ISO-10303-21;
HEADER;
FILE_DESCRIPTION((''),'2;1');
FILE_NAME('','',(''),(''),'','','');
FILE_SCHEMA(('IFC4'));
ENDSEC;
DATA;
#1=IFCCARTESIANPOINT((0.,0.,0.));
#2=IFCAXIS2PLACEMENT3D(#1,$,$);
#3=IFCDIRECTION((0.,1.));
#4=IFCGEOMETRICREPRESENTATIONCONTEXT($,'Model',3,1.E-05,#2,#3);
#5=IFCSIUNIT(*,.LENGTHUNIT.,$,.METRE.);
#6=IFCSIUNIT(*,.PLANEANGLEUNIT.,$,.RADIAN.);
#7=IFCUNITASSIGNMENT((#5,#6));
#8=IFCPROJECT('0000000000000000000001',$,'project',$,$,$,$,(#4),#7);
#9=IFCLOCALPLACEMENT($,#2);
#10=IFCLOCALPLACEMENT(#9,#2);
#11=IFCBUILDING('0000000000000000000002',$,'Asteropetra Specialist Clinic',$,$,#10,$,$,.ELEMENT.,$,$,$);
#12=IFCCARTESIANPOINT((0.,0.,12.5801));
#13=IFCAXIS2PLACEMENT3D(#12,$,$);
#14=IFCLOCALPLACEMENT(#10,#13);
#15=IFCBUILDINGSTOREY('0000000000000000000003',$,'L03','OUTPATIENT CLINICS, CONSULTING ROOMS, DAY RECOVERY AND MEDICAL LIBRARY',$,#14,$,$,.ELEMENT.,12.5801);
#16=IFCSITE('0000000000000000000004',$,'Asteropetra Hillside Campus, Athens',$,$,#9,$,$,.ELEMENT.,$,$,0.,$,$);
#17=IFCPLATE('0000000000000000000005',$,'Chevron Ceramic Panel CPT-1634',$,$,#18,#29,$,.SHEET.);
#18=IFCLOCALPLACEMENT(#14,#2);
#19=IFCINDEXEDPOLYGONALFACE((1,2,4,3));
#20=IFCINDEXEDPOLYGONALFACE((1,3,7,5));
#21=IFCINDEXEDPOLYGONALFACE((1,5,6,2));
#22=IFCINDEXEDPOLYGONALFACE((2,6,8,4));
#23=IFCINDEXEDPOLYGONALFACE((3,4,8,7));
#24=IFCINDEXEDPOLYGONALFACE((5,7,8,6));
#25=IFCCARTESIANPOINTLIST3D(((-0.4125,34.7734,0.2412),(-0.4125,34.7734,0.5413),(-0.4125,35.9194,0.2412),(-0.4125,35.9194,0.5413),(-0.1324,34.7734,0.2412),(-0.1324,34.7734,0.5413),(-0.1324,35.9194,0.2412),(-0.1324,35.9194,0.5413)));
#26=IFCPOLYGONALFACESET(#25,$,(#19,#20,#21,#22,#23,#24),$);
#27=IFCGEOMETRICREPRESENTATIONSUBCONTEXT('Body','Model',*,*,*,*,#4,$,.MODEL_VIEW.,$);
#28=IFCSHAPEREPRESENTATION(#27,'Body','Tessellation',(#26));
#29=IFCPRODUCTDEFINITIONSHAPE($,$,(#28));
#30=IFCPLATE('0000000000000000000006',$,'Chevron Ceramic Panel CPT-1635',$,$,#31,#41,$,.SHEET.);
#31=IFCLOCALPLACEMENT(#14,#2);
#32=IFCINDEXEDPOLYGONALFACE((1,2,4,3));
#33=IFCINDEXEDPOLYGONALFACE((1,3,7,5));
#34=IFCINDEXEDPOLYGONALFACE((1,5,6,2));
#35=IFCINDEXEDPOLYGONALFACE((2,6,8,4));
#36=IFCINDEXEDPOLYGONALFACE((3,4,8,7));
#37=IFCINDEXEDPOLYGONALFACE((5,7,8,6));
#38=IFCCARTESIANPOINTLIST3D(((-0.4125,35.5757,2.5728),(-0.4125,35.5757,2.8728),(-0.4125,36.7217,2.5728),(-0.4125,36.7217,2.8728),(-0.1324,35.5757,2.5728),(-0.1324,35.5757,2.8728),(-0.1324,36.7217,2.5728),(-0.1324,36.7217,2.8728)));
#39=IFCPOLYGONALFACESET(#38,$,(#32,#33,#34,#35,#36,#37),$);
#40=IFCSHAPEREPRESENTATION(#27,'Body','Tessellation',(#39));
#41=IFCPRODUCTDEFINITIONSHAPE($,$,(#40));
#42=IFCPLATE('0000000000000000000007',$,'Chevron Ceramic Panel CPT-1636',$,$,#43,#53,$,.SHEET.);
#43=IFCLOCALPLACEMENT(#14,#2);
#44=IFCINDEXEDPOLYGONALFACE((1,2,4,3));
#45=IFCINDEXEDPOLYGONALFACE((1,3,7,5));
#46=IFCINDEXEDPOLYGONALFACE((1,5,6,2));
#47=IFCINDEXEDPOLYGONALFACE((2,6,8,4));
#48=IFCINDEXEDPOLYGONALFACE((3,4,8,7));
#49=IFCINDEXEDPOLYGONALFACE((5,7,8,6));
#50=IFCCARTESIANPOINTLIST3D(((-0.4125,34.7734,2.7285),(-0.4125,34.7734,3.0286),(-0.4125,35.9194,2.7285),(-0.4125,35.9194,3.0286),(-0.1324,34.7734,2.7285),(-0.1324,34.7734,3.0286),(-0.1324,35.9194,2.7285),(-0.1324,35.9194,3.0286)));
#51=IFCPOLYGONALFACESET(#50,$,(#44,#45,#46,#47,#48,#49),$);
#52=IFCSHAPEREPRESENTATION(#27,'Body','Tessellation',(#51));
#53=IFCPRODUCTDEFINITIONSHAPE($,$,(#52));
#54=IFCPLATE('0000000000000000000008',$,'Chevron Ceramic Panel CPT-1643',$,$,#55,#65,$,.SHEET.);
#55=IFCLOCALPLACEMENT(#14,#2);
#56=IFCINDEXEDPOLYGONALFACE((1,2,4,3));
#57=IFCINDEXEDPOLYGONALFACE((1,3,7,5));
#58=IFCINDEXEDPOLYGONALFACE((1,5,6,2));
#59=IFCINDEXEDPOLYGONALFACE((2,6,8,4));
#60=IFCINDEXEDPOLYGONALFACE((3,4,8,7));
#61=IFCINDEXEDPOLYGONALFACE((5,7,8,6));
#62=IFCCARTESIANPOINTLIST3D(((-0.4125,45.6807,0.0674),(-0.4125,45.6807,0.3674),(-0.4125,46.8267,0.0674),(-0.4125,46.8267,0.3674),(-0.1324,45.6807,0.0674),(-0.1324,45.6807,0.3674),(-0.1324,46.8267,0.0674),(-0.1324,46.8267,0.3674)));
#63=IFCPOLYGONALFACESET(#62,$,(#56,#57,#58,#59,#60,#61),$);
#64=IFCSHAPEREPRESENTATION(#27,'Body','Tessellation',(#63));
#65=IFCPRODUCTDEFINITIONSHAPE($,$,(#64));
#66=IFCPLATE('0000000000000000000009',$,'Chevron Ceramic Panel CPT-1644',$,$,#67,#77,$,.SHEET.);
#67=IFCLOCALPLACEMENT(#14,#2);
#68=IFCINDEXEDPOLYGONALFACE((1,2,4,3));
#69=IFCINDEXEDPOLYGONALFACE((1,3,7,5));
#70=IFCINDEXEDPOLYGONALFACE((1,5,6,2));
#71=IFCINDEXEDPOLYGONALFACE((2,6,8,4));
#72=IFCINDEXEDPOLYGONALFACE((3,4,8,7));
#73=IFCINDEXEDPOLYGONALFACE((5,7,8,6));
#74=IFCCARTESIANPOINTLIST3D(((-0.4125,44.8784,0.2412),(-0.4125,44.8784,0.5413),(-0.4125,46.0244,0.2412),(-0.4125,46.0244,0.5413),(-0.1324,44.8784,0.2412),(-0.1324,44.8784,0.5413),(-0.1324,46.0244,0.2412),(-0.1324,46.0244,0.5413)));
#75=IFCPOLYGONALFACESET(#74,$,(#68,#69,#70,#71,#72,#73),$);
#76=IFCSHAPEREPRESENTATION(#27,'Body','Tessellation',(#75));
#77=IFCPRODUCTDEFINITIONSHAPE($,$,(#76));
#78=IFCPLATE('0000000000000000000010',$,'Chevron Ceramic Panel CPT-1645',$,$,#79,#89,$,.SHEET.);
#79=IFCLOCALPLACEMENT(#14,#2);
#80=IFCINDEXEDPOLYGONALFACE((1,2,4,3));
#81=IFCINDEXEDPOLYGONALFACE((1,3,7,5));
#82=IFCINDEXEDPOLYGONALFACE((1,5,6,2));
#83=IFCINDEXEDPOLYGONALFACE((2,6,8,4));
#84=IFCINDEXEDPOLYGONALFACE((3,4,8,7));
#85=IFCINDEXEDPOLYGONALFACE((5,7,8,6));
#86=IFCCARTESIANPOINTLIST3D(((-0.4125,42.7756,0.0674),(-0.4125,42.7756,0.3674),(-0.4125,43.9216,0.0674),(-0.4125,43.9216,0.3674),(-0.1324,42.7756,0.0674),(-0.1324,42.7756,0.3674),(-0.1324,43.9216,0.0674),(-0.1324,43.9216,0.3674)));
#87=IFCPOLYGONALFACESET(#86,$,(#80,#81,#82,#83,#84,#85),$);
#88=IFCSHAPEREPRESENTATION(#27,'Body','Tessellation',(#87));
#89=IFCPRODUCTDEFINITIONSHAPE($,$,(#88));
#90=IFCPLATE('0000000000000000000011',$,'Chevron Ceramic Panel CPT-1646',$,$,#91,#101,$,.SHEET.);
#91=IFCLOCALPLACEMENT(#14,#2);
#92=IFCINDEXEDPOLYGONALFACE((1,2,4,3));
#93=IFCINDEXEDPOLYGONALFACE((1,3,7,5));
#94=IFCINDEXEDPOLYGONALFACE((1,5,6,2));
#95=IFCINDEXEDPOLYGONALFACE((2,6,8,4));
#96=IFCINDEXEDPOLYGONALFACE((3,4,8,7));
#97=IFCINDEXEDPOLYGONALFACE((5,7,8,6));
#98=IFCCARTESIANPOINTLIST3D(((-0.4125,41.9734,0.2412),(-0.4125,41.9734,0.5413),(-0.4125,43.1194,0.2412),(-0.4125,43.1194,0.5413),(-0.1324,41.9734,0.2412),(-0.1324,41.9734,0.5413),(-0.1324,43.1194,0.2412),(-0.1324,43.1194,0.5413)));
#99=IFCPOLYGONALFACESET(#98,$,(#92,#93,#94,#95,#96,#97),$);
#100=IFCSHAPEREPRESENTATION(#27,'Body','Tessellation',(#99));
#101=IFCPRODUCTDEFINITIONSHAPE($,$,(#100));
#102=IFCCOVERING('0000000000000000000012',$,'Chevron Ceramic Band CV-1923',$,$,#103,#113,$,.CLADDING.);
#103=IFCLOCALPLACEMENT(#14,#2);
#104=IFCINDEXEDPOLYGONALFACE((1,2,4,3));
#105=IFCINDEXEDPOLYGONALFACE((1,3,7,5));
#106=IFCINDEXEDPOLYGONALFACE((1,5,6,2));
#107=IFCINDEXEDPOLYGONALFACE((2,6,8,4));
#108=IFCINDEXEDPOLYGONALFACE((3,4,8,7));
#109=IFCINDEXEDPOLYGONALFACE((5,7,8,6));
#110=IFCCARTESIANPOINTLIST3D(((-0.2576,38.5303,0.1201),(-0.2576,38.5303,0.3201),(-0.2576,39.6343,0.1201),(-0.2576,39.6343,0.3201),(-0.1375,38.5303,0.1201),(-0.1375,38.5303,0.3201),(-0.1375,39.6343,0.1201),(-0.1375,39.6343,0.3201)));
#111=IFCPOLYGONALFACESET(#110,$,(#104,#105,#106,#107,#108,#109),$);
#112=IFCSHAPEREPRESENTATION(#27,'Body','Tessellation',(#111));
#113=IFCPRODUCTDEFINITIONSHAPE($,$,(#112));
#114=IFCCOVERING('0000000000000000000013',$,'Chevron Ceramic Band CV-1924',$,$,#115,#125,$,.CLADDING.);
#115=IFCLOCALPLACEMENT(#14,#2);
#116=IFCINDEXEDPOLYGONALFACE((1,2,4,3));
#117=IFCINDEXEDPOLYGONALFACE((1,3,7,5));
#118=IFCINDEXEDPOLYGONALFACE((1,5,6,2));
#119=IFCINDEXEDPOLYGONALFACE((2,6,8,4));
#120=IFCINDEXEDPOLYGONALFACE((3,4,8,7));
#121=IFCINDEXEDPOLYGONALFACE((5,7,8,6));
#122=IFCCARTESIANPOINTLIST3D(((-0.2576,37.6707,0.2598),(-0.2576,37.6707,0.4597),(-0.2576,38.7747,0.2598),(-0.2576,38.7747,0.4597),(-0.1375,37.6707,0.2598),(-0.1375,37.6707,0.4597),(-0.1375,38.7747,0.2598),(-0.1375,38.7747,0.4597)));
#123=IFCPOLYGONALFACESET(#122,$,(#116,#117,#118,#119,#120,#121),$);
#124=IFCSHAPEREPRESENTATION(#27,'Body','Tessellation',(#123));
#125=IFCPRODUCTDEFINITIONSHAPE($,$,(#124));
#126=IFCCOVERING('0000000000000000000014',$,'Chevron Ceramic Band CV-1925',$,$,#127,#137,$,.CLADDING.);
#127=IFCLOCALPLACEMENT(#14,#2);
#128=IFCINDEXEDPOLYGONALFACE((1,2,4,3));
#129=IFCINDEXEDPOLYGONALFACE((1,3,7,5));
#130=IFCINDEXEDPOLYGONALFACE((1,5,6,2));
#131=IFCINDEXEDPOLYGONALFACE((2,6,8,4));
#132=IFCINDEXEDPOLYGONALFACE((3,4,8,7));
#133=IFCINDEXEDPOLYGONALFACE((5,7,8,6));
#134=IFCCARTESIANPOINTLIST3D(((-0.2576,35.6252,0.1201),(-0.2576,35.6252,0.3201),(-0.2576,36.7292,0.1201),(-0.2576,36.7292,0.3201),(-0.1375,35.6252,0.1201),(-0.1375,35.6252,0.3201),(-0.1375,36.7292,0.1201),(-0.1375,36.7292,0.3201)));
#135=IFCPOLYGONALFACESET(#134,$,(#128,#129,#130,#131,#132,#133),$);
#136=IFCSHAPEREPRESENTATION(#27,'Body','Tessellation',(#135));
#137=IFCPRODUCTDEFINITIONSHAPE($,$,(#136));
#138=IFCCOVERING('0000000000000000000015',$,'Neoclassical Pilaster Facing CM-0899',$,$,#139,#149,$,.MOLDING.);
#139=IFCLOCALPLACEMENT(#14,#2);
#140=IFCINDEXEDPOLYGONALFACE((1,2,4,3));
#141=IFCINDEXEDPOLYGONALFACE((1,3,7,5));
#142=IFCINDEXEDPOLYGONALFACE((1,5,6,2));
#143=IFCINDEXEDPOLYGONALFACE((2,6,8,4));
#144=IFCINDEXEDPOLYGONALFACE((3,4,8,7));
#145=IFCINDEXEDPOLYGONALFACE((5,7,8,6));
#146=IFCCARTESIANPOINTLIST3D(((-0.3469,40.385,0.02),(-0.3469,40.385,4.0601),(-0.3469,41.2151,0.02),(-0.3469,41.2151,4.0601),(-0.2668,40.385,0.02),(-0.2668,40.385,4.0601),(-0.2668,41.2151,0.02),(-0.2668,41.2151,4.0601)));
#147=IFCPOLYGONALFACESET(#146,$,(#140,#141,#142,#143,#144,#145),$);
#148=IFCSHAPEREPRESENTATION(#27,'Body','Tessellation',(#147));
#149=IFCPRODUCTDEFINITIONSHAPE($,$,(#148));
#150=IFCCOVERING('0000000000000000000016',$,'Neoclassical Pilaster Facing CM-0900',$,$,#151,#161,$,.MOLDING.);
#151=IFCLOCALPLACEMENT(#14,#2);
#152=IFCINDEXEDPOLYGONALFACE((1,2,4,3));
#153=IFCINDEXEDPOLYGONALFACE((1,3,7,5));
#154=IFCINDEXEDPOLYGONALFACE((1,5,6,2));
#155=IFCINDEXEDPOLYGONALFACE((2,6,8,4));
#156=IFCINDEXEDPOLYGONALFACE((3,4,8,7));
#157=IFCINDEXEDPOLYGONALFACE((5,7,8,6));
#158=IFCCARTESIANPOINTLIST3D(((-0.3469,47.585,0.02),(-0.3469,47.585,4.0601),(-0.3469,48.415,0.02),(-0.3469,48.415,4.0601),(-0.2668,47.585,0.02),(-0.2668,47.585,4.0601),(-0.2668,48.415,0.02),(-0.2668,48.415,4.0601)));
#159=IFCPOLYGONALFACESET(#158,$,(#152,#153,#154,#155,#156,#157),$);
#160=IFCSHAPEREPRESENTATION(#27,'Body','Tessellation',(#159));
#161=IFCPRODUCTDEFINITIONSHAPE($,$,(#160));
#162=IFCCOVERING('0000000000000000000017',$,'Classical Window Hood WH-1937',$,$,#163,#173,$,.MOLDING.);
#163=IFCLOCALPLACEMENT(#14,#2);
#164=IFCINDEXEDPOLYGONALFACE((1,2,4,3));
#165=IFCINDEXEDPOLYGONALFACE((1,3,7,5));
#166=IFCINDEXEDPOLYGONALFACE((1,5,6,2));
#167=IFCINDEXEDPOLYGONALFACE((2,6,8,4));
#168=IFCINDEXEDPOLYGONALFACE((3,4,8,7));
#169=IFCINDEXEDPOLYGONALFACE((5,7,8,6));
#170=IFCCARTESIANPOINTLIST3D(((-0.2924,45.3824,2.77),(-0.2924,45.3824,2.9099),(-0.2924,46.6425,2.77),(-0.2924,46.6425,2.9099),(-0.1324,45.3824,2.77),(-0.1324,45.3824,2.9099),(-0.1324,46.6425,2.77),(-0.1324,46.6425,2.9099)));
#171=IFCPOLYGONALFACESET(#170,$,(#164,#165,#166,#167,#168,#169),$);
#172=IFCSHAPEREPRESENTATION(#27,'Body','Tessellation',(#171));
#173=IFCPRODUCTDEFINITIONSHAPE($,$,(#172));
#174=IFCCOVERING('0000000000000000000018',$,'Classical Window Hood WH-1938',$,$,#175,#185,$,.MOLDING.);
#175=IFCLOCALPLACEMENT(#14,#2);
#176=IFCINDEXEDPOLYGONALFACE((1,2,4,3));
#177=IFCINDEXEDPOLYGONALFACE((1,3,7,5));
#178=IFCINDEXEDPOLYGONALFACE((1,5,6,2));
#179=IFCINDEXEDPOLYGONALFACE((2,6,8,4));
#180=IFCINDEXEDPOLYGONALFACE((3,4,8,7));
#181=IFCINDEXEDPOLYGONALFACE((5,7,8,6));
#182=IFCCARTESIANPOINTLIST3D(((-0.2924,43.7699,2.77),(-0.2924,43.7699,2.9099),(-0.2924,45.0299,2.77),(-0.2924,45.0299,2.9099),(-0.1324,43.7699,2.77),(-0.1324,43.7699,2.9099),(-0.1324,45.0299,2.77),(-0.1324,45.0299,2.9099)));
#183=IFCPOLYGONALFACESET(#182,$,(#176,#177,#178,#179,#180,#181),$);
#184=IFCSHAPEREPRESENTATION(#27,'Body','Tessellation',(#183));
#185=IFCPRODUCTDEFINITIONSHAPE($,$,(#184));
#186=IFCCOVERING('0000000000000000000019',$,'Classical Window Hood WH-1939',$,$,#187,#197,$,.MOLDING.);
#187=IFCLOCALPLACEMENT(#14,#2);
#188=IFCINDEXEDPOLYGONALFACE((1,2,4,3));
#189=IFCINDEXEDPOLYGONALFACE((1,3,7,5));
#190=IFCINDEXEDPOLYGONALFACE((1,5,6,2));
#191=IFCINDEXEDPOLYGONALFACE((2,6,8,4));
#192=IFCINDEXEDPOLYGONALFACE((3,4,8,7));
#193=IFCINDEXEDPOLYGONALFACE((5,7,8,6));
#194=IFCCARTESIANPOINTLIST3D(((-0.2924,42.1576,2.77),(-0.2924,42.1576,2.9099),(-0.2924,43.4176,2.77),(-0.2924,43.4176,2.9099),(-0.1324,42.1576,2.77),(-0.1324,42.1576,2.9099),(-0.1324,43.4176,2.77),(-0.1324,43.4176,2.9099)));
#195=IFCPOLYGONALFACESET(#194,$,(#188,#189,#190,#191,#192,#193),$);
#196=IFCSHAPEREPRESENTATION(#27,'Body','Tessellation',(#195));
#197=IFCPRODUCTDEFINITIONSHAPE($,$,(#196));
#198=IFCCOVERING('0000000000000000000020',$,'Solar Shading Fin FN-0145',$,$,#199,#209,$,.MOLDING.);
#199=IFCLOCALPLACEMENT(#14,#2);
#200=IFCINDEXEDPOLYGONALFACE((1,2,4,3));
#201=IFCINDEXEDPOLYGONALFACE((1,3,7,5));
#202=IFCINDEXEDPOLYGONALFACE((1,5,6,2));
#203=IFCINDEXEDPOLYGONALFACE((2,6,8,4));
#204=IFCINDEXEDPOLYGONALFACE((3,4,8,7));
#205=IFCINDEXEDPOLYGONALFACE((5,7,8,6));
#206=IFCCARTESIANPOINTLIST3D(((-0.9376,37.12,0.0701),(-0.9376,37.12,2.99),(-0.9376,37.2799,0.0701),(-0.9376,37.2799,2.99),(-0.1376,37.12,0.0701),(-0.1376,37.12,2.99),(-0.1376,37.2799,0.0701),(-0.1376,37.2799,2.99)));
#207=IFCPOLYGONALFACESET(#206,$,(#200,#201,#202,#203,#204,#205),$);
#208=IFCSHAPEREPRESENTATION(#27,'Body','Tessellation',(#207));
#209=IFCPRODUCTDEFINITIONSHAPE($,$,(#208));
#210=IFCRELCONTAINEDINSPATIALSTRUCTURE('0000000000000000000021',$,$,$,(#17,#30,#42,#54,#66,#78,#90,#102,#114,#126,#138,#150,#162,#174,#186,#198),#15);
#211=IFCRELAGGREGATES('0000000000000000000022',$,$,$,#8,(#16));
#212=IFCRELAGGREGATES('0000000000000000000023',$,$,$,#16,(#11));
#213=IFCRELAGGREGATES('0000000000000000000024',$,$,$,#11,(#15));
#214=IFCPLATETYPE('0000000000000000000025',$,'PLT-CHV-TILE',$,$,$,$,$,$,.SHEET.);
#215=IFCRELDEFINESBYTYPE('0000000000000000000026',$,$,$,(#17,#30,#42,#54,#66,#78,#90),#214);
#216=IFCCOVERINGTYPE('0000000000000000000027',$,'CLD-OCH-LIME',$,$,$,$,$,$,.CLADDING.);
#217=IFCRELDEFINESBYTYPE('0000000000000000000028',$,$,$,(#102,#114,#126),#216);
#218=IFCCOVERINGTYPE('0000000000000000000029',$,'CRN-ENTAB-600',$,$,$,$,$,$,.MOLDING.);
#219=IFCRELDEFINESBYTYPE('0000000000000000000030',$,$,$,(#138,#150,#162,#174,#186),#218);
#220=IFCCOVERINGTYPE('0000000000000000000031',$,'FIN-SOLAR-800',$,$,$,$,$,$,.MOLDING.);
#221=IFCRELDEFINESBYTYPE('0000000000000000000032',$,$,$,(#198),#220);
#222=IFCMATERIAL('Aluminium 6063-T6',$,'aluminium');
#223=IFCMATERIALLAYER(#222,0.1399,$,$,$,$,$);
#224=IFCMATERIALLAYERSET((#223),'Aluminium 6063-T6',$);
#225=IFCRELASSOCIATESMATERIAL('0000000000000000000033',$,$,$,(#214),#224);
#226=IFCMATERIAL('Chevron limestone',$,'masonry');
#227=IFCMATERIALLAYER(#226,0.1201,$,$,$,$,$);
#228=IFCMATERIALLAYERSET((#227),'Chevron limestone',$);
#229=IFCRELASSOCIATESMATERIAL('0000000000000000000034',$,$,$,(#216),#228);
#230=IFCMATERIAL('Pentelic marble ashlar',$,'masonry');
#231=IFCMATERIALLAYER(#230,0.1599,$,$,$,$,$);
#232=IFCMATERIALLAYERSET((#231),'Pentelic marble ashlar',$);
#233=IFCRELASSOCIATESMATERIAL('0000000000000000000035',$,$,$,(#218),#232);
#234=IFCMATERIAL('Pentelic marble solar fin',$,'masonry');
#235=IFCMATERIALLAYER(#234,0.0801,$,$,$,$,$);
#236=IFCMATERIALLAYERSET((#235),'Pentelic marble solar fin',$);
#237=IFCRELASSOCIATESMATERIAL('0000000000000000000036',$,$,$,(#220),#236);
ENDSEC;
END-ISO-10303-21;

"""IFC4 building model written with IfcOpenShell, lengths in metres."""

from ifc_helpers import new_model, si_unit, direction, frame, origin, origin_2d, place, context, subcontext, project, spatial, rectangle, extrude, material, layer, layer_set, type_object, element, save


model = new_model("IFC4")

# Units and contexts
model_context = context("Model", 3, precision=1e-05, world=origin(), true_north=direction((0.0, 1.0)))
body_context = subcontext(model_context, "Body", "Model", "MODEL_VIEW")
ifc_project = project(units=[si_unit("LENGTHUNIT", "METRE"), si_unit("PLANEANGLEUNIT", "RADIAN")], contexts=[model_context])

# Site, building, storey
site_placement = place(None, origin())
site = spatial("IfcSite", under=ifc_project, at=site_placement, Name="Asteropetra Hillside Campus, Athens", CompositionType="ELEMENT", RefElevation=0.0)
building_placement = place(site_placement, origin())
building = spatial("IfcBuilding", under=site, at=building_placement, Name="Asteropetra Specialist Clinic", CompositionType="ELEMENT")
storey_placement = place(building_placement, frame((0.0, 0.0, 12.5801)))
storey = spatial("IfcBuildingStorey", under=building, at=storey_placement, Name="L03", Description="OUTPATIENT CLINICS, CONSULTING ROOMS, DAY RECOVERY AND MEDICAL LIBRARY", CompositionType="ELEMENT", Elevation=12.5801)

# Plates
ifc_material_1 = material(Name="Aluminium 6063-T6", Category="aluminium")
ifc_layer_1 = layer(ifc_material_1, 0.1399)
ifc_layer_set_1 = layer_set([ifc_layer_1], Name="Aluminium 6063-T6")
plate_type_1 = type_object("IfcPlateType", Name="PLT-CHV-TILE", PredefinedType="SHEET", material=ifc_layer_set_1)
for number, where, z_axis, x_axis, name in (
    (1, (-0.2725, 35.3464, 0.2412), (0.0, 0.0, 1.0), (1.0, 0.0, 0.0), "Chevron Ceramic Panel CPT-1634"),
    (2, (-0.2725, 36.1487, 2.5728), (0.0, 0.0, 1.0), (1.0, 0.0, 0.0), "Chevron Ceramic Panel CPT-1635"),
    (3, (-0.2725, 35.3464, 2.7285), (0.0, 0.0, 1.0), (1.0, 0.0, 0.0), "Chevron Ceramic Panel CPT-1636"),
    (4, (-0.2725, 46.2537, 0.0674), (0.0, 0.0, 1.0), (1.0, 0.0, 0.0), "Chevron Ceramic Panel CPT-1643"),
    (5, (-0.2725, 45.4514, 0.2412), (0.0, 0.0, 1.0), (1.0, 0.0, 0.0), "Chevron Ceramic Panel CPT-1644"),
    (6, (-0.2725, 43.3486, 0.0674), (0.0, 0.0, 1.0), (1.0, 0.0, 0.0), "Chevron Ceramic Panel CPT-1645"),
    (7, (-0.2725, 42.5464, 0.2412), (0.0, 0.0, 1.0), (1.0, 0.0, 0.0), "Chevron Ceramic Panel CPT-1646"),
):
    element("IfcPlate", number, at=place(storey_placement, frame(where, z_axis=z_axis, x_axis=x_axis)), inside=storey, type_object=plate_type_1, Name=name, PredefinedType="SHEET", context=body_context, shape_type="SweptSolid", body=[
        extrude(rectangle(XDim=0.28, YDim=1.146, at=origin_2d()), origin(), (0.0, 0.0, 1.0), 0.3),
    ])

# Coverings
ifc_material_2 = material(Name="Chevron limestone", Category="masonry")
ifc_layer_2 = layer(ifc_material_2, 0.1201)
ifc_layer_set_2 = layer_set([ifc_layer_2], Name="Chevron limestone")
covering_type_1 = type_object("IfcCoveringType", Name="CLD-OCH-LIME", PredefinedType="CLADDING", material=ifc_layer_set_2)
for number, where, z_axis, x_axis, name in (
    (8, (-0.1975, 39.0823, 0.1201), (0.0, 0.0, 1.0), (1.0, 0.0, 0.0), "Chevron Ceramic Band CV-1923"),
    (9, (-0.1975, 38.2227, 0.2598), (0.0, 0.0, 1.0), (1.0, 0.0, 0.0), "Chevron Ceramic Band CV-1924"),
    (10, (-0.1975, 36.1772, 0.1201), (0.0, 0.0, 1.0), (1.0, 0.0, 0.0), "Chevron Ceramic Band CV-1925"),
):
    element("IfcCovering", number, at=place(storey_placement, frame(where, z_axis=z_axis, x_axis=x_axis)), inside=storey, type_object=covering_type_1, Name=name, PredefinedType="CLADDING", context=body_context, shape_type="SweptSolid", body=[
        extrude(rectangle(XDim=0.1201, YDim=1.104, at=origin_2d()), origin(), (0.0, 0.0, 1.0), 0.2),
    ])
ifc_material_3 = material(Name="Pentelic marble ashlar", Category="masonry")
ifc_layer_3 = layer(ifc_material_3, 0.1599)
ifc_layer_set_3 = layer_set([ifc_layer_3], Name="Pentelic marble ashlar")
covering_type_2 = type_object("IfcCoveringType", Name="CRN-ENTAB-600", PredefinedType="MOLDING", material=ifc_layer_set_3)
for number, where, z_axis, x_axis, name in (
    (11, (-0.3069, 40.8, 0.02), (0.0, 0.0, 1.0), (1.0, 0.0, 0.0), "Neoclassical Pilaster Facing CM-0899"),
    (12, (-0.3069, 48.0, 0.02), (0.0, 0.0, 1.0), (1.0, 0.0, 0.0), "Neoclassical Pilaster Facing CM-0900"),
):
    element("IfcCovering", number, at=place(storey_placement, frame(where, z_axis=z_axis, x_axis=x_axis)), inside=storey, type_object=covering_type_2, Name=name, PredefinedType="MOLDING", context=body_context, shape_type="SweptSolid", body=[
        extrude(rectangle(XDim=0.0801, YDim=0.8301, at=origin_2d()), origin(), (0.0, 0.0, 1.0), 4.04),
    ])
for number, where, z_axis, x_axis, name in (
    (13, (-0.2124, 46.0125, 2.77), (0.0, 0.0, 1.0), (1.0, 0.0, 0.0), "Classical Window Hood WH-1937"),
    (14, (-0.2124, 44.3999, 2.77), (0.0, 0.0, 1.0), (1.0, 0.0, 0.0), "Classical Window Hood WH-1938"),
    (15, (-0.2124, 42.7876, 2.77), (0.0, 0.0, 1.0), (1.0, 0.0, 0.0), "Classical Window Hood WH-1939"),
):
    element("IfcCovering", number, at=place(storey_placement, frame(where, z_axis=z_axis, x_axis=x_axis)), inside=storey, type_object=covering_type_2, Name=name, PredefinedType="MOLDING", context=body_context, shape_type="SweptSolid", body=[
        extrude(rectangle(XDim=0.1599, YDim=1.26, at=origin_2d()), origin(), (0.0, 0.0, 1.0), 0.1399),
    ])
ifc_material_4 = material(Name="Pentelic marble solar fin", Category="masonry")
ifc_layer_4 = layer(ifc_material_4, 0.0801)
ifc_layer_set_4 = layer_set([ifc_layer_4], Name="Pentelic marble solar fin")
covering_type_3 = type_object("IfcCoveringType", Name="FIN-SOLAR-800", PredefinedType="MOLDING", material=ifc_layer_set_4)
covering_placement = place(storey_placement, frame((-0.5376, 37.2, 0.0701), z_axis=(0.0, 0.0, 1.0), x_axis=(1.0, 0.0, 0.0)))
element("IfcCovering", 16, at=covering_placement, inside=storey, type_object=covering_type_3, Name="Solar Shading Fin FN-0145", PredefinedType="MOLDING", context=body_context, shape_type="SweptSolid", body=[
    extrude(rectangle(XDim=0.8, YDim=0.1599, at=origin_2d()), origin(), (0.0, 0.0, 1.0), 2.9199),
])

save(model, "model.ifc")
